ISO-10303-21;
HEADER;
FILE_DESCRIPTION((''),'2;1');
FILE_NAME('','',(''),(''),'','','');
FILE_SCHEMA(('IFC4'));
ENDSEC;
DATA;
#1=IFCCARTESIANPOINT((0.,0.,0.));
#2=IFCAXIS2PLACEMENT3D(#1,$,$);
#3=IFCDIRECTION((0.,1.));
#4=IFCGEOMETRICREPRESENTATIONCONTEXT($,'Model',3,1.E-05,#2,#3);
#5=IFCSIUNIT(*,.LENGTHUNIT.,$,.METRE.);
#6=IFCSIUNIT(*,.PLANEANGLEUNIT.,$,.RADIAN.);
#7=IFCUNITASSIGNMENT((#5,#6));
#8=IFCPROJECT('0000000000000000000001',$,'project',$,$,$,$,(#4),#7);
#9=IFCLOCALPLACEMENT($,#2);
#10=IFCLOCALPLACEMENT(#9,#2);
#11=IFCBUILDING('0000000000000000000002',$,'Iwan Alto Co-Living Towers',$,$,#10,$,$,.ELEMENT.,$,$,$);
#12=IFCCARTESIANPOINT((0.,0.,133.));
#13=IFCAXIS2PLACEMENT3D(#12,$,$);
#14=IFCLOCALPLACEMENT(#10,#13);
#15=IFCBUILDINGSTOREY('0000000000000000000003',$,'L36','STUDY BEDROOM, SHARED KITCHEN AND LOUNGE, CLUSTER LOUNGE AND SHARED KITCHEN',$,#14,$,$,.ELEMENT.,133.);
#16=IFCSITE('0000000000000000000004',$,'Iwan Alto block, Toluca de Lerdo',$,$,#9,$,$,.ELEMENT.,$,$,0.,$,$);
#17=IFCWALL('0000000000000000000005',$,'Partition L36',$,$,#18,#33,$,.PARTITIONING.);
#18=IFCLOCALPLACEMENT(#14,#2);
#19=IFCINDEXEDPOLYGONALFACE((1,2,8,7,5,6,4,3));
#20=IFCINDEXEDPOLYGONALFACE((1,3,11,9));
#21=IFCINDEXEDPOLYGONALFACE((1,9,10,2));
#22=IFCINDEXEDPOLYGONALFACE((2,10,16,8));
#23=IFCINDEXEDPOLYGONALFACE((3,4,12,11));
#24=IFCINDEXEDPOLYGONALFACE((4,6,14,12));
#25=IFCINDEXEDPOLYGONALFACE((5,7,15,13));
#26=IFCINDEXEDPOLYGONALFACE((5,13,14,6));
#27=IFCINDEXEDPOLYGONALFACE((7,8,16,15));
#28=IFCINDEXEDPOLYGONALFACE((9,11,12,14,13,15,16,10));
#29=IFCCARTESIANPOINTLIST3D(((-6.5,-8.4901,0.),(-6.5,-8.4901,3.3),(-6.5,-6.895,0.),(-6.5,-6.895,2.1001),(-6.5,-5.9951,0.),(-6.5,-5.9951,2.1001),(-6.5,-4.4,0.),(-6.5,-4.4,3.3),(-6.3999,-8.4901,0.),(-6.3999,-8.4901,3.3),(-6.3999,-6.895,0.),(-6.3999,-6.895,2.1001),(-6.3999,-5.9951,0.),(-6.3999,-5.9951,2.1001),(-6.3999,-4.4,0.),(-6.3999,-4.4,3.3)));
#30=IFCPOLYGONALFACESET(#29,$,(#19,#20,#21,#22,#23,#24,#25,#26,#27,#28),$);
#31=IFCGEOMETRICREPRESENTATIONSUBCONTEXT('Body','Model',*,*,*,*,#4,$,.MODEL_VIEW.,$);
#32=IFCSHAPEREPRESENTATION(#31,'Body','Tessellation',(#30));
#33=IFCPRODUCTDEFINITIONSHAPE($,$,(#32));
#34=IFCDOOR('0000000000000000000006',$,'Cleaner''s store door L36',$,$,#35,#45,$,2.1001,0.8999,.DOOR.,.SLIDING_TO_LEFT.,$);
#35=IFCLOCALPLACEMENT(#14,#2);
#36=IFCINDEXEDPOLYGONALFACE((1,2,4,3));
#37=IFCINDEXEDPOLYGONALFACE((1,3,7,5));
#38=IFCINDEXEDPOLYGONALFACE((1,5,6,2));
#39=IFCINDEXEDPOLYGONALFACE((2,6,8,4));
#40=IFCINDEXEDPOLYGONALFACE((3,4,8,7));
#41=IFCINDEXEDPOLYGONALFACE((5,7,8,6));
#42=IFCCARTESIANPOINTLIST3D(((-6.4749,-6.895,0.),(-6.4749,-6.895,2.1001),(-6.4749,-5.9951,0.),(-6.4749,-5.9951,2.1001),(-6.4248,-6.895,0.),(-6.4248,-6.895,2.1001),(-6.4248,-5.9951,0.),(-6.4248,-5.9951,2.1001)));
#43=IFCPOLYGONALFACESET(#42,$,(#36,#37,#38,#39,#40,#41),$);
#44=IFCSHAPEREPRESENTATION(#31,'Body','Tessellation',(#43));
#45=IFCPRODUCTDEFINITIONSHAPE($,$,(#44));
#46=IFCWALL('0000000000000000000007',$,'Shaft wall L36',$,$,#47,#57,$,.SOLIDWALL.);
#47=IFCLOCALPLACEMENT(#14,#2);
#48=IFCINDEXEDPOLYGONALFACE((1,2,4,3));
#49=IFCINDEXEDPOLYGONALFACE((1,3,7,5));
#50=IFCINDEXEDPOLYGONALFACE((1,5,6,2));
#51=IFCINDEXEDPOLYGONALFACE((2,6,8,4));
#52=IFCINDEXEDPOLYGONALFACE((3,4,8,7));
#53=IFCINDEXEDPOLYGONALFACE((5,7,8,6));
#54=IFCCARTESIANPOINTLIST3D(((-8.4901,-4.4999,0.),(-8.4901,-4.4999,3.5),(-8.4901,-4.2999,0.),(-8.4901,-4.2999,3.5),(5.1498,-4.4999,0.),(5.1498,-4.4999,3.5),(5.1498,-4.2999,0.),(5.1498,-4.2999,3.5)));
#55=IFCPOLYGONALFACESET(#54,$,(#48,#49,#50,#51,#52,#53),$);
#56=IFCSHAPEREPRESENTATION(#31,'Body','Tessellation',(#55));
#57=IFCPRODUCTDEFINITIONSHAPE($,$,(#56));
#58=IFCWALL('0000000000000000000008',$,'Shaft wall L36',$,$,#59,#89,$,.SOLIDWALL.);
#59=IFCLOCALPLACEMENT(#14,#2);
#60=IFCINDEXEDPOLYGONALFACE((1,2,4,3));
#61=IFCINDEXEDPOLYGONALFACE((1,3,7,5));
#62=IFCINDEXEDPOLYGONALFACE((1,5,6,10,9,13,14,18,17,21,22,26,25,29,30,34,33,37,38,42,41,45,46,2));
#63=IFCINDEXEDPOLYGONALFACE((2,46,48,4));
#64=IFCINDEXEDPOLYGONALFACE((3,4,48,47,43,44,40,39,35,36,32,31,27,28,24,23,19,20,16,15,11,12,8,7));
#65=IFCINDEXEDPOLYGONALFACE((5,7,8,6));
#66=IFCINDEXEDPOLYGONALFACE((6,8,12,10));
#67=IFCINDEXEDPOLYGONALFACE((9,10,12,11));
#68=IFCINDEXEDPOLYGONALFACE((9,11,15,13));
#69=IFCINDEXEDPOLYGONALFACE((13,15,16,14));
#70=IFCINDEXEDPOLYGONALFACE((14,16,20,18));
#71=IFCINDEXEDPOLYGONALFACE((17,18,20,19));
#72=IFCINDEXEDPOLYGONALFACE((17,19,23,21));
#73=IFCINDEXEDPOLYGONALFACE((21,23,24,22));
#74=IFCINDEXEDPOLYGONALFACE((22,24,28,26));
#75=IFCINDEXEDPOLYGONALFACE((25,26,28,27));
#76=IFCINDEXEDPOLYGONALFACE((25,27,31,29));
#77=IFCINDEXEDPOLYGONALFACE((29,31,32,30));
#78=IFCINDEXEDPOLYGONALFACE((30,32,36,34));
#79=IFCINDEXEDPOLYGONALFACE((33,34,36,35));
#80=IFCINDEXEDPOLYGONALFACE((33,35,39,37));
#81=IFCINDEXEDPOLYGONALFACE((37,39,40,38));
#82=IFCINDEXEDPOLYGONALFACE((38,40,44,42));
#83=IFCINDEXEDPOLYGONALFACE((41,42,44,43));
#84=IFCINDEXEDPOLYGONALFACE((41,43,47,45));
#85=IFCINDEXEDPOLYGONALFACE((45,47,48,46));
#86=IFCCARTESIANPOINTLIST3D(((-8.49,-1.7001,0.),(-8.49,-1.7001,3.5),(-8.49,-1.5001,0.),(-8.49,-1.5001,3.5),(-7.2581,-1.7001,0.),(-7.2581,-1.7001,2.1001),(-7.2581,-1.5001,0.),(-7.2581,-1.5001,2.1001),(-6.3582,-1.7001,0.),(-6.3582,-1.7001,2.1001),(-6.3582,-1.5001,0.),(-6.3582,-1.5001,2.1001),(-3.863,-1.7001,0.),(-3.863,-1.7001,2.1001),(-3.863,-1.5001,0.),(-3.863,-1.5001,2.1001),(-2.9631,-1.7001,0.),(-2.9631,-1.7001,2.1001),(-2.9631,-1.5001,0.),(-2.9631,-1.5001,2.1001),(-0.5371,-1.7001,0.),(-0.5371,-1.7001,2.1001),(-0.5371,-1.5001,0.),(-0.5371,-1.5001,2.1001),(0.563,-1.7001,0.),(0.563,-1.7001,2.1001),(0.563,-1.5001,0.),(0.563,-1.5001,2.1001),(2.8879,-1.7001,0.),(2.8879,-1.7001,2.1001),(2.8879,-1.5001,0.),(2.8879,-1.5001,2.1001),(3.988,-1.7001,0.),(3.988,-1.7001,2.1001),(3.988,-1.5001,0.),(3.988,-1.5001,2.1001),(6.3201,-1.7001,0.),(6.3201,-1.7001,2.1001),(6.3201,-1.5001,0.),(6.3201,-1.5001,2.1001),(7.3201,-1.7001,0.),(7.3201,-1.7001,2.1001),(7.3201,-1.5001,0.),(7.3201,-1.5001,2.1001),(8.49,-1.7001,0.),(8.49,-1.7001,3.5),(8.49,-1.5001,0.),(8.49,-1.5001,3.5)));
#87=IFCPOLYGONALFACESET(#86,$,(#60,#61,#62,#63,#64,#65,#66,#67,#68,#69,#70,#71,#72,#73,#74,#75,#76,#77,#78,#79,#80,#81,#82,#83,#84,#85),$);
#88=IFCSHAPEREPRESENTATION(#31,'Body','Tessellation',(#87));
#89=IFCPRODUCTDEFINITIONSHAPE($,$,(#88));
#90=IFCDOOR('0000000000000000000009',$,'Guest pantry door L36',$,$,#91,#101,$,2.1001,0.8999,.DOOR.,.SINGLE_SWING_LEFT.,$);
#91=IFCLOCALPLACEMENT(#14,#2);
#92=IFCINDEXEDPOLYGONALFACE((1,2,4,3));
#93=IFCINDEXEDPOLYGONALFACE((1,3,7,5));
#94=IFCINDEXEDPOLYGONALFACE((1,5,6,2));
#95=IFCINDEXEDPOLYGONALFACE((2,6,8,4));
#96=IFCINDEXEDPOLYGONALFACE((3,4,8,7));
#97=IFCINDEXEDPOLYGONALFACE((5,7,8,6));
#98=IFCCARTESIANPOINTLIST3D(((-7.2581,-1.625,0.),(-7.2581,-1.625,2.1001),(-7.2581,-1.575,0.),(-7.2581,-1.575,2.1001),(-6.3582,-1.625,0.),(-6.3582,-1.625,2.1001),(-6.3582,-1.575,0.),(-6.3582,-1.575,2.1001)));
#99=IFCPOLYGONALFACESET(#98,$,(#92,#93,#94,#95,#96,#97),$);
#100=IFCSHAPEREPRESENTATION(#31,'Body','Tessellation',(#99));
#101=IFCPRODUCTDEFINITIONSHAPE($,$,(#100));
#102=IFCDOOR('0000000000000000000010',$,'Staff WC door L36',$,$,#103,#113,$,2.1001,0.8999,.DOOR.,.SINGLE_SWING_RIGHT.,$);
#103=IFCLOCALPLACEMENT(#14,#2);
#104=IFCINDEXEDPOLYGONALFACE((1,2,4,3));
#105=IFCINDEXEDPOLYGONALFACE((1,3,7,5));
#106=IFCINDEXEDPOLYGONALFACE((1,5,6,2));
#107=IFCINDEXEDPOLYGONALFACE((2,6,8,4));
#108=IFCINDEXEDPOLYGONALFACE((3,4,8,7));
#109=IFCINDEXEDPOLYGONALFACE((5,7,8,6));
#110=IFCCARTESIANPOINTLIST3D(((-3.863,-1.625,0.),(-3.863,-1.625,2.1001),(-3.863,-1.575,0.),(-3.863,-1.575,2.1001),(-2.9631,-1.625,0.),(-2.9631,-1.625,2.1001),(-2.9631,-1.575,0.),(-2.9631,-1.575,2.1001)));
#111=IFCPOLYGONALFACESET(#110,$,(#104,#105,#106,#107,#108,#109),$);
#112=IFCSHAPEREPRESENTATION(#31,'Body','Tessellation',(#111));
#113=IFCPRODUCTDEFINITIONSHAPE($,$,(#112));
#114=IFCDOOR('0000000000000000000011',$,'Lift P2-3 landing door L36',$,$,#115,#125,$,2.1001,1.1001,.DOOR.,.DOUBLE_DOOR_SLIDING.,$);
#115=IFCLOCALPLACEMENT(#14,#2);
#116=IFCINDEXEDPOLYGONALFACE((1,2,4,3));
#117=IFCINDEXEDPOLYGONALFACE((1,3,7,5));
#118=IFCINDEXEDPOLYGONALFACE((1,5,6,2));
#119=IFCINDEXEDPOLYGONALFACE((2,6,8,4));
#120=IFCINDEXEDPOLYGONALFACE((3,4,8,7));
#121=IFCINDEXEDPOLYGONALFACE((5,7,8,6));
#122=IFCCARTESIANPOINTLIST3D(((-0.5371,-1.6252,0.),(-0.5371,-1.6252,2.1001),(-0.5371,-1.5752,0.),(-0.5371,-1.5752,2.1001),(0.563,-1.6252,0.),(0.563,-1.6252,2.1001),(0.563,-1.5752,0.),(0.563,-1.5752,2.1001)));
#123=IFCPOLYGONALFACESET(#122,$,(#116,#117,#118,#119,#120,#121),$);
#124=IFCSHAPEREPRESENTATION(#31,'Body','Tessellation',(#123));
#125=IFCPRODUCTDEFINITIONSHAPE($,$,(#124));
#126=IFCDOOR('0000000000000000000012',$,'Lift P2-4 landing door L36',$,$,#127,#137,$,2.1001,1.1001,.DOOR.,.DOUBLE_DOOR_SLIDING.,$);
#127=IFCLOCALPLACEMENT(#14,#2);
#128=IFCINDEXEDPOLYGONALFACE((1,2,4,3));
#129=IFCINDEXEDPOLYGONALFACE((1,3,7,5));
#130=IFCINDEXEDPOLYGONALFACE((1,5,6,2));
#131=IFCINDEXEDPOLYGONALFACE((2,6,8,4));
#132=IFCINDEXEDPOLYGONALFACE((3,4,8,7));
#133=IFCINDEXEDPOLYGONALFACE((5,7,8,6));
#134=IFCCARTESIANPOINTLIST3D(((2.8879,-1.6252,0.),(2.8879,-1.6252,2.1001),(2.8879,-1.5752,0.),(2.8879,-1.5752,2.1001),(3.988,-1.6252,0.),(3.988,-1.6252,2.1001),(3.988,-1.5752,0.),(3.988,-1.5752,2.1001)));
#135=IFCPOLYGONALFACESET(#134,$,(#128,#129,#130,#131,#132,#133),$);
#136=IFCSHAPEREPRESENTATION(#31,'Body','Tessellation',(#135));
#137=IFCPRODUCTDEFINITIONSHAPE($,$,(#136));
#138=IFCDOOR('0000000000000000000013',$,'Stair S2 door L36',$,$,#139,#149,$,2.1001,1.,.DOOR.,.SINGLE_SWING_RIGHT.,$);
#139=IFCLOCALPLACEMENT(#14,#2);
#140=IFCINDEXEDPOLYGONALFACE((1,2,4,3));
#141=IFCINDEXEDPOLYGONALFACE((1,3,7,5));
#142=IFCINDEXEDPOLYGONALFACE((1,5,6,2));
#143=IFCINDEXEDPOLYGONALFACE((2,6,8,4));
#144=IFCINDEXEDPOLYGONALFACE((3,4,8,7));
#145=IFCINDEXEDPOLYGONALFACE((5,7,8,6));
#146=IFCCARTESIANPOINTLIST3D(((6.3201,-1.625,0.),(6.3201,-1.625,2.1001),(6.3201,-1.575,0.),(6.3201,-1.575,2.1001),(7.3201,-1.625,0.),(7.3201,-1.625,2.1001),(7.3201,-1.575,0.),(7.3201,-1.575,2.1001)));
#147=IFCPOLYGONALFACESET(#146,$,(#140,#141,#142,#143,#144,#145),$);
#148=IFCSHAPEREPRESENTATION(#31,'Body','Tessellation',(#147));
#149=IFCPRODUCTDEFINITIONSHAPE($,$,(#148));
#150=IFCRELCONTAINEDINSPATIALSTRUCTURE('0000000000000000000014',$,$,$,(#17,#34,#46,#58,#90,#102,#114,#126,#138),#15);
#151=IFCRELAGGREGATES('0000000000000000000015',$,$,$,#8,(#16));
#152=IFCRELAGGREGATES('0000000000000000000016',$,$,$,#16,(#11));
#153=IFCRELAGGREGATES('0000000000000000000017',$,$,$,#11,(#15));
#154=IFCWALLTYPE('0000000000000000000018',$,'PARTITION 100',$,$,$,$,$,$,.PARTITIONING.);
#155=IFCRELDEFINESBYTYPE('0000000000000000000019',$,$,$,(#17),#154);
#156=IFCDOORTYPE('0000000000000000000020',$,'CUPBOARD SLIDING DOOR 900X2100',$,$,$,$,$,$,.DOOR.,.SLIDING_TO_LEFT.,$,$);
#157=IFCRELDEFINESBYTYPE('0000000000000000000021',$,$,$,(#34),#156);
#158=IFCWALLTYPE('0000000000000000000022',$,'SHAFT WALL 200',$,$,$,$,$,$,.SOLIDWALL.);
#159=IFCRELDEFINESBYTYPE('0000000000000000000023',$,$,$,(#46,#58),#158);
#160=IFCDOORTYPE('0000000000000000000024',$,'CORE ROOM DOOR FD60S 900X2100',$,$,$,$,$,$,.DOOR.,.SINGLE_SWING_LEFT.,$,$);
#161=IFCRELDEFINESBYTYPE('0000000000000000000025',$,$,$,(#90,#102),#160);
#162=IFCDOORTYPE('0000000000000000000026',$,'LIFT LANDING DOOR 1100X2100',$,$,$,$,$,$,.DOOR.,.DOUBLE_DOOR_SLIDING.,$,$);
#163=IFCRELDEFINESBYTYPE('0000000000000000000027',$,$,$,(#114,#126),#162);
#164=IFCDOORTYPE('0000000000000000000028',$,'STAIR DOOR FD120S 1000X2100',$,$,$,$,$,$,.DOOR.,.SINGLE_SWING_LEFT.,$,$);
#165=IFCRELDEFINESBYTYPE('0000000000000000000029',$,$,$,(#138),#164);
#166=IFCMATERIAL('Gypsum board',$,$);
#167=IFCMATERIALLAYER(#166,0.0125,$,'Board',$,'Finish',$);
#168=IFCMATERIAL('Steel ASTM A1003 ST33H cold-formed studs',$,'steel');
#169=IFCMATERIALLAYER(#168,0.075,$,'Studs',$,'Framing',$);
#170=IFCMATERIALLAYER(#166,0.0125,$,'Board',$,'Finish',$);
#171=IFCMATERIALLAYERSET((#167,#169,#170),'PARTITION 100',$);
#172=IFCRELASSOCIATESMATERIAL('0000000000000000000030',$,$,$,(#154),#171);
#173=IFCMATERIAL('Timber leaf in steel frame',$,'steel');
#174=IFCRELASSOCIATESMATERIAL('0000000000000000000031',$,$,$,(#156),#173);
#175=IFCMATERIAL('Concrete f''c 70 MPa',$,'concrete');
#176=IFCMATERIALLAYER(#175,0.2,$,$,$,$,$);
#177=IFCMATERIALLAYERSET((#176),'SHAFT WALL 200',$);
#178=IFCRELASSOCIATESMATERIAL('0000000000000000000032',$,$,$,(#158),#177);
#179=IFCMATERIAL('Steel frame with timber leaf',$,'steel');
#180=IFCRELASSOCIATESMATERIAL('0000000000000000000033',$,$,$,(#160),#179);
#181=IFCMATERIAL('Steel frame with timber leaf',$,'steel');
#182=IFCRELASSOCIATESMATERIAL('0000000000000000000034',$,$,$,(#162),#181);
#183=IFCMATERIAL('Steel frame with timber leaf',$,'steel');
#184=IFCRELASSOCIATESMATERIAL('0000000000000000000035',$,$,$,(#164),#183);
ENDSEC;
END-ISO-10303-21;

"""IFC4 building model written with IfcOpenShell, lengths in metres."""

from ifc_helpers import new_model, si_unit, direction, frame, frame_2d, origin, place, context, subcontext, project, spatial, rectangle, extrude, material, layer, layer_set, type_object, element, fill, save


model = new_model("IFC4")

# Units and contexts
model_context = context("Model", 3, precision=1e-05, world=origin(), true_north=direction((0.0, 1.0)))
body_context = subcontext(model_context, "Body", "Model", "MODEL_VIEW")
ifc_project = project(units=[si_unit("LENGTHUNIT", "METRE"), si_unit("PLANEANGLEUNIT", "RADIAN")], contexts=[model_context])

# Site, building, storey
site_placement = place(None, origin())
site = spatial("IfcSite", under=ifc_project, at=site_placement, Name="Iwan Alto block, Toluca de Lerdo", CompositionType="ELEMENT", RefElevation=0.0)
building_placement = place(site_placement, origin())
building = spatial("IfcBuilding", under=site, at=building_placement, Name="Iwan Alto Co-Living Towers", CompositionType="ELEMENT")
storey_placement = place(building_placement, frame((0.0, 0.0, 133.0)))
storey = spatial("IfcBuildingStorey", under=building, at=storey_placement, Name="L36", Description="STUDY BEDROOM, SHARED KITCHEN AND LOUNGE, CLUSTER LOUNGE AND SHARED KITCHEN", CompositionType="ELEMENT", Elevation=133.0)

# Wall, opening, door
ifc_material_1 = material(Name="Gypsum board")
ifc_layer_1 = layer(ifc_material_1, 0.0125, Name="Board", Category="Finish")
ifc_material_2 = material(Name="Steel ASTM A1003 ST33H cold-formed studs", Category="steel")
ifc_layer_2 = layer(ifc_material_2, 0.075, Name="Studs", Category="Framing")
ifc_layer_3 = layer(ifc_material_1, 0.0125, Name="Board", Category="Finish")
ifc_layer_set_1 = layer_set([ifc_layer_1, ifc_layer_2, ifc_layer_3], Name="PARTITION 100")
wall_type_1 = type_object("IfcWallType", Name="PARTITION 100", PredefinedType="PARTITIONING", material=ifc_layer_set_1)
wall_1_placement = place(storey_placement, frame((-6.45, -8.49, 0.0), z_axis=(0.0, 0.0, 1.0), x_axis=(0.0, 1.0, 0.0)))
wall_1 = element("IfcWall", 1, at=wall_1_placement, inside=storey, type_object=wall_type_1, Name="Partition L36", PredefinedType="PARTITIONING", context=body_context, shape_type="SweptSolid", body=[
    extrude(rectangle(XDim=4.0901, YDim=0.1001, at=frame_2d((2.0449, 0.0))), origin(), (0.0, 0.0, 1.0), 3.3),
])
opening_1_placement = place(wall_1_placement, frame((1.595, 0.0, 0.0)))
opening_1 = element("IfcOpeningElement", 2, at=opening_1_placement, cuts=wall_1, PredefinedType="OPENING", context=body_context, shape_type="SweptSolid", body=[
    extrude(rectangle(XDim=0.8999, YDim=2.1001, at=frame_2d((0.45, 1.05))), frame((0.0, 0.0601, 0.0), z_axis=(0.0, -1.0, 0.0), x_axis=(1.0, 0.0, 0.0)), (0.0, 0.0, 1.0), 0.1201),
])
ifc_material_3 = material(Name="Timber leaf in steel frame", Category="steel")
door_type_1 = type_object("IfcDoorType", Name="CUPBOARD SLIDING DOOR 900X2100", OperationType="SLIDING_TO_LEFT", PredefinedType="DOOR", material=ifc_material_3)
door_1_placement = place(opening_1_placement, origin())
door_1 = element("IfcDoor", 3, at=door_1_placement, inside=storey, type_object=door_type_1, Name="Cleaner's store door L36", OperationType="SLIDING_TO_LEFT", OverallHeight=2.1001, OverallWidth=0.8999, PredefinedType="DOOR", context=body_context, shape_type="SweptSolid", body=[
    extrude(rectangle(XDim=0.8999, YDim=2.1001, at=frame_2d((0.45, 1.05))), frame((0.0, 0.0249, 0.0), z_axis=(0.0, -1.0, 0.0), x_axis=(1.0, 0.0, 0.0)), (0.0, 0.0, 1.0), 0.05),
])
fill(opening_1, door_1)

# Wall
ifc_material_4 = material(Name="Concrete f'c 70 MPa", Category="concrete")
ifc_layer_4 = layer(ifc_material_4, 0.2)
ifc_layer_set_2 = layer_set([ifc_layer_4], Name="SHAFT WALL 200")
wall_type_2 = type_object("IfcWallType", Name="SHAFT WALL 200", PredefinedType="SOLIDWALL", material=ifc_layer_set_2)
wall_2_placement = place(storey_placement, frame((-8.49, -4.3999, 0.0), z_axis=(0.0, 0.0, 1.0), x_axis=(1.0, 0.0, 0.0)))
element("IfcWall", 4, at=wall_2_placement, inside=storey, type_object=wall_type_2, Name="Shaft wall L36", PredefinedType="SOLIDWALL", context=body_context, shape_type="SweptSolid", body=[
    extrude(rectangle(XDim=13.6399, YDim=0.2, at=frame_2d((6.8198, 0.0))), origin(), (0.0, 0.0, 1.0), 3.5),
])

# Wall, openings, doors
wall_3_placement = place(storey_placement, frame((-8.49, -1.6001, 0.0), z_axis=(0.0, 0.0, 1.0), x_axis=(1.0, 0.0, 0.0)))
wall_3 = element("IfcWall", 5, at=wall_3_placement, inside=storey, type_object=wall_type_2, Name="Shaft wall L36", PredefinedType="SOLIDWALL", context=body_context, shape_type="SweptSolid", body=[
    extrude(rectangle(XDim=16.98, YDim=0.2, at=frame_2d((8.49, 0.0))), origin(), (0.0, 0.0, 1.0), 3.5),
])
opening_2_placement = place(wall_3_placement, frame((14.8101, 0.0, 0.0)))
opening_2 = element("IfcOpeningElement", 6, at=opening_2_placement, cuts=wall_3, PredefinedType="OPENING", context=body_context, shape_type="SweptSolid", body=[
    extrude(rectangle(XDim=1.0, YDim=2.1001, at=frame_2d((0.5, 1.05))), frame((0.0, 0.1099, 0.0), z_axis=(0.0, -1.0, 0.0), x_axis=(1.0, 0.0, 0.0)), (0.0, 0.0, 1.0), 0.22),
])
opening_3_placement = place(wall_3_placement, frame((1.2319, 0.0, 0.0)))
opening_3 = element("IfcOpeningElement", 7, at=opening_3_placement, cuts=wall_3, PredefinedType="OPENING", context=body_context, shape_type="SweptSolid", body=[
    extrude(rectangle(XDim=0.8999, YDim=2.1001, at=frame_2d((0.45, 1.05))), frame((0.0, 0.1099, 0.0), z_axis=(0.0, -1.0, 0.0), x_axis=(1.0, 0.0, 0.0)), (0.0, 0.0, 1.0), 0.22),
])
opening_4_placement = place(wall_3_placement, frame((4.627, 0.0, 0.0)))
opening_4 = element("IfcOpeningElement", 8, at=opening_4_placement, cuts=wall_3, PredefinedType="OPENING", context=body_context, shape_type="SweptSolid", body=[
    extrude(rectangle(XDim=0.8999, YDim=2.1001, at=frame_2d((0.45, 1.05))), frame((0.0, 0.1099, 0.0), z_axis=(0.0, -1.0, 0.0), x_axis=(1.0, 0.0, 0.0)), (0.0, 0.0, 1.0), 0.22),
])
opening_5_placement = place(wall_3_placement, frame((7.9529, 0.0, 0.0)))
opening_5 = element("IfcOpeningElement", 9, at=opening_5_placement, cuts=wall_3, PredefinedType="OPENING", context=body_context, shape_type="SweptSolid", body=[
    extrude(rectangle(XDim=1.1001, YDim=2.1001, at=frame_2d((0.55, 1.05))), frame((0.0, 0.1099, 0.0), z_axis=(0.0, -1.0, 0.0), x_axis=(1.0, 0.0, 0.0)), (0.0, 0.0, 1.0), 0.22),
])
opening_6_placement = place(wall_3_placement, frame((11.3779, 0.0, 0.0)))
opening_6 = element("IfcOpeningElement", 10, at=opening_6_placement, cuts=wall_3, PredefinedType="OPENING", context=body_context, shape_type="SweptSolid", body=[
    extrude(rectangle(XDim=1.1001, YDim=2.1001, at=frame_2d((0.55, 1.05))), frame((0.0, 0.1099, 0.0), z_axis=(0.0, -1.0, 0.0), x_axis=(1.0, 0.0, 0.0)), (0.0, 0.0, 1.0), 0.22),
])
ifc_material_5 = material(Name="Steel frame with timber leaf", Category="steel")
door_type_2 = type_object("IfcDoorType", Name="CORE ROOM DOOR FD60S 900X2100", OperationType="SINGLE_SWING_LEFT", PredefinedType="DOOR", material=ifc_material_5)
door_2_placement = place(opening_3_placement, frame((0.8999, 0.0, 0.0), z_axis=(0.0, 0.0, 1.0), x_axis=(-1.0, 0.0, 0.0)))
door_2 = element("IfcDoor", 11, at=door_2_placement, inside=storey, type_object=door_type_2, Name="Guest pantry door L36", OperationType="SINGLE_SWING_LEFT", OverallHeight=2.1001, OverallWidth=0.8999, PredefinedType="DOOR", context=body_context, shape_type="SweptSolid", body=[
    extrude(rectangle(XDim=0.8999, YDim=2.1001, at=frame_2d((0.45, 1.05))), frame((0.0, 0.0249, 0.0), z_axis=(0.0, -1.0, 0.0), x_axis=(1.0, 0.0, 0.0)), (0.0, 0.0, 1.0), 0.05),
])
fill(opening_3, door_2)
door_3_placement = place(opening_4_placement, frame((0.8999, 0.0, 0.0), z_axis=(0.0, 0.0, 1.0), x_axis=(-1.0, 0.0, 0.0)))
door_3 = element("IfcDoor", 12, at=door_3_placement, inside=storey, type_object=door_type_2, Name="Staff WC door L36", OperationType="SINGLE_SWING_RIGHT", OverallHeight=2.1001, OverallWidth=0.8999, PredefinedType="DOOR", context=body_context, shape_type="SweptSolid", body=[
    extrude(rectangle(XDim=0.8999, YDim=2.1001, at=frame_2d((0.45, 1.05))), frame((0.0, 0.0249, 0.0), z_axis=(0.0, -1.0, 0.0), x_axis=(1.0, 0.0, 0.0)), (0.0, 0.0, 1.0), 0.05),
])
fill(opening_4, door_3)
ifc_material_6 = material(Name="Steel frame with timber leaf", Category="steel")
door_type_3 = type_object("IfcDoorType", Name="LIFT LANDING DOOR 1100X2100", OperationType="DOUBLE_DOOR_SLIDING", PredefinedType="DOOR", material=ifc_material_6)
door_4_placement = place(opening_5_placement, origin())
door_4 = element("IfcDoor", 13, at=door_4_placement, inside=storey, type_object=door_type_3, Name="Lift P2-3 landing door L36", OperationType="DOUBLE_DOOR_SLIDING", OverallHeight=2.1001, OverallWidth=1.1001, PredefinedType="DOOR", context=body_context, shape_type="SweptSolid", body=[
    extrude(rectangle(XDim=1.1001, YDim=2.1001, at=frame_2d((0.55, 1.05))), frame((0.0, 0.0249, 0.0), z_axis=(0.0, -1.0, 0.0), x_axis=(1.0, 0.0, 0.0)), (0.0, 0.0, 1.0), 0.05),
])
fill(opening_5, door_4)
door_5_placement = place(opening_6_placement, origin())
door_5 = element("IfcDoor", 14, at=door_5_placement, inside=storey, type_object=door_type_3, Name="Lift P2-4 landing door L36", OperationType="DOUBLE_DOOR_SLIDING", OverallHeight=2.1001, OverallWidth=1.1001, PredefinedType="DOOR", context=body_context, shape_type="SweptSolid", body=[
    extrude(rectangle(XDim=1.1001, YDim=2.1001, at=frame_2d((0.55, 1.05))), frame((0.0, 0.0249, 0.0), z_axis=(0.0, -1.0, 0.0), x_axis=(1.0, 0.0, 0.0)), (0.0, 0.0, 1.0), 0.05),
])
fill(opening_6, door_5)
ifc_material_7 = material(Name="Steel frame with timber leaf", Category="steel")
door_type_4 = type_object("IfcDoorType", Name="STAIR DOOR FD120S 1000X2100", OperationType="SINGLE_SWING_LEFT", PredefinedType="DOOR", material=ifc_material_7)
door_6_placement = place(opening_2_placement, frame((1.0, 0.0, 0.0), z_axis=(0.0, 0.0, 1.0), x_axis=(-1.0, 0.0, 0.0)))
door_6 = element("IfcDoor", 15, at=door_6_placement, inside=storey, type_object=door_type_4, Name="Stair S2 door L36", OperationType="SINGLE_SWING_RIGHT", OverallHeight=2.1001, OverallWidth=1.0, PredefinedType="DOOR", context=body_context, shape_type="SweptSolid", body=[
    extrude(rectangle(XDim=1.0, YDim=2.1001, at=frame_2d((0.5, 1.05))), frame((0.0, 0.0249, 0.0), z_axis=(0.0, -1.0, 0.0), x_axis=(1.0, 0.0, 0.0)), (0.0, 0.0, 1.0), 0.05),
])
fill(opening_2, door_6)

save(model, "model.ifc")
